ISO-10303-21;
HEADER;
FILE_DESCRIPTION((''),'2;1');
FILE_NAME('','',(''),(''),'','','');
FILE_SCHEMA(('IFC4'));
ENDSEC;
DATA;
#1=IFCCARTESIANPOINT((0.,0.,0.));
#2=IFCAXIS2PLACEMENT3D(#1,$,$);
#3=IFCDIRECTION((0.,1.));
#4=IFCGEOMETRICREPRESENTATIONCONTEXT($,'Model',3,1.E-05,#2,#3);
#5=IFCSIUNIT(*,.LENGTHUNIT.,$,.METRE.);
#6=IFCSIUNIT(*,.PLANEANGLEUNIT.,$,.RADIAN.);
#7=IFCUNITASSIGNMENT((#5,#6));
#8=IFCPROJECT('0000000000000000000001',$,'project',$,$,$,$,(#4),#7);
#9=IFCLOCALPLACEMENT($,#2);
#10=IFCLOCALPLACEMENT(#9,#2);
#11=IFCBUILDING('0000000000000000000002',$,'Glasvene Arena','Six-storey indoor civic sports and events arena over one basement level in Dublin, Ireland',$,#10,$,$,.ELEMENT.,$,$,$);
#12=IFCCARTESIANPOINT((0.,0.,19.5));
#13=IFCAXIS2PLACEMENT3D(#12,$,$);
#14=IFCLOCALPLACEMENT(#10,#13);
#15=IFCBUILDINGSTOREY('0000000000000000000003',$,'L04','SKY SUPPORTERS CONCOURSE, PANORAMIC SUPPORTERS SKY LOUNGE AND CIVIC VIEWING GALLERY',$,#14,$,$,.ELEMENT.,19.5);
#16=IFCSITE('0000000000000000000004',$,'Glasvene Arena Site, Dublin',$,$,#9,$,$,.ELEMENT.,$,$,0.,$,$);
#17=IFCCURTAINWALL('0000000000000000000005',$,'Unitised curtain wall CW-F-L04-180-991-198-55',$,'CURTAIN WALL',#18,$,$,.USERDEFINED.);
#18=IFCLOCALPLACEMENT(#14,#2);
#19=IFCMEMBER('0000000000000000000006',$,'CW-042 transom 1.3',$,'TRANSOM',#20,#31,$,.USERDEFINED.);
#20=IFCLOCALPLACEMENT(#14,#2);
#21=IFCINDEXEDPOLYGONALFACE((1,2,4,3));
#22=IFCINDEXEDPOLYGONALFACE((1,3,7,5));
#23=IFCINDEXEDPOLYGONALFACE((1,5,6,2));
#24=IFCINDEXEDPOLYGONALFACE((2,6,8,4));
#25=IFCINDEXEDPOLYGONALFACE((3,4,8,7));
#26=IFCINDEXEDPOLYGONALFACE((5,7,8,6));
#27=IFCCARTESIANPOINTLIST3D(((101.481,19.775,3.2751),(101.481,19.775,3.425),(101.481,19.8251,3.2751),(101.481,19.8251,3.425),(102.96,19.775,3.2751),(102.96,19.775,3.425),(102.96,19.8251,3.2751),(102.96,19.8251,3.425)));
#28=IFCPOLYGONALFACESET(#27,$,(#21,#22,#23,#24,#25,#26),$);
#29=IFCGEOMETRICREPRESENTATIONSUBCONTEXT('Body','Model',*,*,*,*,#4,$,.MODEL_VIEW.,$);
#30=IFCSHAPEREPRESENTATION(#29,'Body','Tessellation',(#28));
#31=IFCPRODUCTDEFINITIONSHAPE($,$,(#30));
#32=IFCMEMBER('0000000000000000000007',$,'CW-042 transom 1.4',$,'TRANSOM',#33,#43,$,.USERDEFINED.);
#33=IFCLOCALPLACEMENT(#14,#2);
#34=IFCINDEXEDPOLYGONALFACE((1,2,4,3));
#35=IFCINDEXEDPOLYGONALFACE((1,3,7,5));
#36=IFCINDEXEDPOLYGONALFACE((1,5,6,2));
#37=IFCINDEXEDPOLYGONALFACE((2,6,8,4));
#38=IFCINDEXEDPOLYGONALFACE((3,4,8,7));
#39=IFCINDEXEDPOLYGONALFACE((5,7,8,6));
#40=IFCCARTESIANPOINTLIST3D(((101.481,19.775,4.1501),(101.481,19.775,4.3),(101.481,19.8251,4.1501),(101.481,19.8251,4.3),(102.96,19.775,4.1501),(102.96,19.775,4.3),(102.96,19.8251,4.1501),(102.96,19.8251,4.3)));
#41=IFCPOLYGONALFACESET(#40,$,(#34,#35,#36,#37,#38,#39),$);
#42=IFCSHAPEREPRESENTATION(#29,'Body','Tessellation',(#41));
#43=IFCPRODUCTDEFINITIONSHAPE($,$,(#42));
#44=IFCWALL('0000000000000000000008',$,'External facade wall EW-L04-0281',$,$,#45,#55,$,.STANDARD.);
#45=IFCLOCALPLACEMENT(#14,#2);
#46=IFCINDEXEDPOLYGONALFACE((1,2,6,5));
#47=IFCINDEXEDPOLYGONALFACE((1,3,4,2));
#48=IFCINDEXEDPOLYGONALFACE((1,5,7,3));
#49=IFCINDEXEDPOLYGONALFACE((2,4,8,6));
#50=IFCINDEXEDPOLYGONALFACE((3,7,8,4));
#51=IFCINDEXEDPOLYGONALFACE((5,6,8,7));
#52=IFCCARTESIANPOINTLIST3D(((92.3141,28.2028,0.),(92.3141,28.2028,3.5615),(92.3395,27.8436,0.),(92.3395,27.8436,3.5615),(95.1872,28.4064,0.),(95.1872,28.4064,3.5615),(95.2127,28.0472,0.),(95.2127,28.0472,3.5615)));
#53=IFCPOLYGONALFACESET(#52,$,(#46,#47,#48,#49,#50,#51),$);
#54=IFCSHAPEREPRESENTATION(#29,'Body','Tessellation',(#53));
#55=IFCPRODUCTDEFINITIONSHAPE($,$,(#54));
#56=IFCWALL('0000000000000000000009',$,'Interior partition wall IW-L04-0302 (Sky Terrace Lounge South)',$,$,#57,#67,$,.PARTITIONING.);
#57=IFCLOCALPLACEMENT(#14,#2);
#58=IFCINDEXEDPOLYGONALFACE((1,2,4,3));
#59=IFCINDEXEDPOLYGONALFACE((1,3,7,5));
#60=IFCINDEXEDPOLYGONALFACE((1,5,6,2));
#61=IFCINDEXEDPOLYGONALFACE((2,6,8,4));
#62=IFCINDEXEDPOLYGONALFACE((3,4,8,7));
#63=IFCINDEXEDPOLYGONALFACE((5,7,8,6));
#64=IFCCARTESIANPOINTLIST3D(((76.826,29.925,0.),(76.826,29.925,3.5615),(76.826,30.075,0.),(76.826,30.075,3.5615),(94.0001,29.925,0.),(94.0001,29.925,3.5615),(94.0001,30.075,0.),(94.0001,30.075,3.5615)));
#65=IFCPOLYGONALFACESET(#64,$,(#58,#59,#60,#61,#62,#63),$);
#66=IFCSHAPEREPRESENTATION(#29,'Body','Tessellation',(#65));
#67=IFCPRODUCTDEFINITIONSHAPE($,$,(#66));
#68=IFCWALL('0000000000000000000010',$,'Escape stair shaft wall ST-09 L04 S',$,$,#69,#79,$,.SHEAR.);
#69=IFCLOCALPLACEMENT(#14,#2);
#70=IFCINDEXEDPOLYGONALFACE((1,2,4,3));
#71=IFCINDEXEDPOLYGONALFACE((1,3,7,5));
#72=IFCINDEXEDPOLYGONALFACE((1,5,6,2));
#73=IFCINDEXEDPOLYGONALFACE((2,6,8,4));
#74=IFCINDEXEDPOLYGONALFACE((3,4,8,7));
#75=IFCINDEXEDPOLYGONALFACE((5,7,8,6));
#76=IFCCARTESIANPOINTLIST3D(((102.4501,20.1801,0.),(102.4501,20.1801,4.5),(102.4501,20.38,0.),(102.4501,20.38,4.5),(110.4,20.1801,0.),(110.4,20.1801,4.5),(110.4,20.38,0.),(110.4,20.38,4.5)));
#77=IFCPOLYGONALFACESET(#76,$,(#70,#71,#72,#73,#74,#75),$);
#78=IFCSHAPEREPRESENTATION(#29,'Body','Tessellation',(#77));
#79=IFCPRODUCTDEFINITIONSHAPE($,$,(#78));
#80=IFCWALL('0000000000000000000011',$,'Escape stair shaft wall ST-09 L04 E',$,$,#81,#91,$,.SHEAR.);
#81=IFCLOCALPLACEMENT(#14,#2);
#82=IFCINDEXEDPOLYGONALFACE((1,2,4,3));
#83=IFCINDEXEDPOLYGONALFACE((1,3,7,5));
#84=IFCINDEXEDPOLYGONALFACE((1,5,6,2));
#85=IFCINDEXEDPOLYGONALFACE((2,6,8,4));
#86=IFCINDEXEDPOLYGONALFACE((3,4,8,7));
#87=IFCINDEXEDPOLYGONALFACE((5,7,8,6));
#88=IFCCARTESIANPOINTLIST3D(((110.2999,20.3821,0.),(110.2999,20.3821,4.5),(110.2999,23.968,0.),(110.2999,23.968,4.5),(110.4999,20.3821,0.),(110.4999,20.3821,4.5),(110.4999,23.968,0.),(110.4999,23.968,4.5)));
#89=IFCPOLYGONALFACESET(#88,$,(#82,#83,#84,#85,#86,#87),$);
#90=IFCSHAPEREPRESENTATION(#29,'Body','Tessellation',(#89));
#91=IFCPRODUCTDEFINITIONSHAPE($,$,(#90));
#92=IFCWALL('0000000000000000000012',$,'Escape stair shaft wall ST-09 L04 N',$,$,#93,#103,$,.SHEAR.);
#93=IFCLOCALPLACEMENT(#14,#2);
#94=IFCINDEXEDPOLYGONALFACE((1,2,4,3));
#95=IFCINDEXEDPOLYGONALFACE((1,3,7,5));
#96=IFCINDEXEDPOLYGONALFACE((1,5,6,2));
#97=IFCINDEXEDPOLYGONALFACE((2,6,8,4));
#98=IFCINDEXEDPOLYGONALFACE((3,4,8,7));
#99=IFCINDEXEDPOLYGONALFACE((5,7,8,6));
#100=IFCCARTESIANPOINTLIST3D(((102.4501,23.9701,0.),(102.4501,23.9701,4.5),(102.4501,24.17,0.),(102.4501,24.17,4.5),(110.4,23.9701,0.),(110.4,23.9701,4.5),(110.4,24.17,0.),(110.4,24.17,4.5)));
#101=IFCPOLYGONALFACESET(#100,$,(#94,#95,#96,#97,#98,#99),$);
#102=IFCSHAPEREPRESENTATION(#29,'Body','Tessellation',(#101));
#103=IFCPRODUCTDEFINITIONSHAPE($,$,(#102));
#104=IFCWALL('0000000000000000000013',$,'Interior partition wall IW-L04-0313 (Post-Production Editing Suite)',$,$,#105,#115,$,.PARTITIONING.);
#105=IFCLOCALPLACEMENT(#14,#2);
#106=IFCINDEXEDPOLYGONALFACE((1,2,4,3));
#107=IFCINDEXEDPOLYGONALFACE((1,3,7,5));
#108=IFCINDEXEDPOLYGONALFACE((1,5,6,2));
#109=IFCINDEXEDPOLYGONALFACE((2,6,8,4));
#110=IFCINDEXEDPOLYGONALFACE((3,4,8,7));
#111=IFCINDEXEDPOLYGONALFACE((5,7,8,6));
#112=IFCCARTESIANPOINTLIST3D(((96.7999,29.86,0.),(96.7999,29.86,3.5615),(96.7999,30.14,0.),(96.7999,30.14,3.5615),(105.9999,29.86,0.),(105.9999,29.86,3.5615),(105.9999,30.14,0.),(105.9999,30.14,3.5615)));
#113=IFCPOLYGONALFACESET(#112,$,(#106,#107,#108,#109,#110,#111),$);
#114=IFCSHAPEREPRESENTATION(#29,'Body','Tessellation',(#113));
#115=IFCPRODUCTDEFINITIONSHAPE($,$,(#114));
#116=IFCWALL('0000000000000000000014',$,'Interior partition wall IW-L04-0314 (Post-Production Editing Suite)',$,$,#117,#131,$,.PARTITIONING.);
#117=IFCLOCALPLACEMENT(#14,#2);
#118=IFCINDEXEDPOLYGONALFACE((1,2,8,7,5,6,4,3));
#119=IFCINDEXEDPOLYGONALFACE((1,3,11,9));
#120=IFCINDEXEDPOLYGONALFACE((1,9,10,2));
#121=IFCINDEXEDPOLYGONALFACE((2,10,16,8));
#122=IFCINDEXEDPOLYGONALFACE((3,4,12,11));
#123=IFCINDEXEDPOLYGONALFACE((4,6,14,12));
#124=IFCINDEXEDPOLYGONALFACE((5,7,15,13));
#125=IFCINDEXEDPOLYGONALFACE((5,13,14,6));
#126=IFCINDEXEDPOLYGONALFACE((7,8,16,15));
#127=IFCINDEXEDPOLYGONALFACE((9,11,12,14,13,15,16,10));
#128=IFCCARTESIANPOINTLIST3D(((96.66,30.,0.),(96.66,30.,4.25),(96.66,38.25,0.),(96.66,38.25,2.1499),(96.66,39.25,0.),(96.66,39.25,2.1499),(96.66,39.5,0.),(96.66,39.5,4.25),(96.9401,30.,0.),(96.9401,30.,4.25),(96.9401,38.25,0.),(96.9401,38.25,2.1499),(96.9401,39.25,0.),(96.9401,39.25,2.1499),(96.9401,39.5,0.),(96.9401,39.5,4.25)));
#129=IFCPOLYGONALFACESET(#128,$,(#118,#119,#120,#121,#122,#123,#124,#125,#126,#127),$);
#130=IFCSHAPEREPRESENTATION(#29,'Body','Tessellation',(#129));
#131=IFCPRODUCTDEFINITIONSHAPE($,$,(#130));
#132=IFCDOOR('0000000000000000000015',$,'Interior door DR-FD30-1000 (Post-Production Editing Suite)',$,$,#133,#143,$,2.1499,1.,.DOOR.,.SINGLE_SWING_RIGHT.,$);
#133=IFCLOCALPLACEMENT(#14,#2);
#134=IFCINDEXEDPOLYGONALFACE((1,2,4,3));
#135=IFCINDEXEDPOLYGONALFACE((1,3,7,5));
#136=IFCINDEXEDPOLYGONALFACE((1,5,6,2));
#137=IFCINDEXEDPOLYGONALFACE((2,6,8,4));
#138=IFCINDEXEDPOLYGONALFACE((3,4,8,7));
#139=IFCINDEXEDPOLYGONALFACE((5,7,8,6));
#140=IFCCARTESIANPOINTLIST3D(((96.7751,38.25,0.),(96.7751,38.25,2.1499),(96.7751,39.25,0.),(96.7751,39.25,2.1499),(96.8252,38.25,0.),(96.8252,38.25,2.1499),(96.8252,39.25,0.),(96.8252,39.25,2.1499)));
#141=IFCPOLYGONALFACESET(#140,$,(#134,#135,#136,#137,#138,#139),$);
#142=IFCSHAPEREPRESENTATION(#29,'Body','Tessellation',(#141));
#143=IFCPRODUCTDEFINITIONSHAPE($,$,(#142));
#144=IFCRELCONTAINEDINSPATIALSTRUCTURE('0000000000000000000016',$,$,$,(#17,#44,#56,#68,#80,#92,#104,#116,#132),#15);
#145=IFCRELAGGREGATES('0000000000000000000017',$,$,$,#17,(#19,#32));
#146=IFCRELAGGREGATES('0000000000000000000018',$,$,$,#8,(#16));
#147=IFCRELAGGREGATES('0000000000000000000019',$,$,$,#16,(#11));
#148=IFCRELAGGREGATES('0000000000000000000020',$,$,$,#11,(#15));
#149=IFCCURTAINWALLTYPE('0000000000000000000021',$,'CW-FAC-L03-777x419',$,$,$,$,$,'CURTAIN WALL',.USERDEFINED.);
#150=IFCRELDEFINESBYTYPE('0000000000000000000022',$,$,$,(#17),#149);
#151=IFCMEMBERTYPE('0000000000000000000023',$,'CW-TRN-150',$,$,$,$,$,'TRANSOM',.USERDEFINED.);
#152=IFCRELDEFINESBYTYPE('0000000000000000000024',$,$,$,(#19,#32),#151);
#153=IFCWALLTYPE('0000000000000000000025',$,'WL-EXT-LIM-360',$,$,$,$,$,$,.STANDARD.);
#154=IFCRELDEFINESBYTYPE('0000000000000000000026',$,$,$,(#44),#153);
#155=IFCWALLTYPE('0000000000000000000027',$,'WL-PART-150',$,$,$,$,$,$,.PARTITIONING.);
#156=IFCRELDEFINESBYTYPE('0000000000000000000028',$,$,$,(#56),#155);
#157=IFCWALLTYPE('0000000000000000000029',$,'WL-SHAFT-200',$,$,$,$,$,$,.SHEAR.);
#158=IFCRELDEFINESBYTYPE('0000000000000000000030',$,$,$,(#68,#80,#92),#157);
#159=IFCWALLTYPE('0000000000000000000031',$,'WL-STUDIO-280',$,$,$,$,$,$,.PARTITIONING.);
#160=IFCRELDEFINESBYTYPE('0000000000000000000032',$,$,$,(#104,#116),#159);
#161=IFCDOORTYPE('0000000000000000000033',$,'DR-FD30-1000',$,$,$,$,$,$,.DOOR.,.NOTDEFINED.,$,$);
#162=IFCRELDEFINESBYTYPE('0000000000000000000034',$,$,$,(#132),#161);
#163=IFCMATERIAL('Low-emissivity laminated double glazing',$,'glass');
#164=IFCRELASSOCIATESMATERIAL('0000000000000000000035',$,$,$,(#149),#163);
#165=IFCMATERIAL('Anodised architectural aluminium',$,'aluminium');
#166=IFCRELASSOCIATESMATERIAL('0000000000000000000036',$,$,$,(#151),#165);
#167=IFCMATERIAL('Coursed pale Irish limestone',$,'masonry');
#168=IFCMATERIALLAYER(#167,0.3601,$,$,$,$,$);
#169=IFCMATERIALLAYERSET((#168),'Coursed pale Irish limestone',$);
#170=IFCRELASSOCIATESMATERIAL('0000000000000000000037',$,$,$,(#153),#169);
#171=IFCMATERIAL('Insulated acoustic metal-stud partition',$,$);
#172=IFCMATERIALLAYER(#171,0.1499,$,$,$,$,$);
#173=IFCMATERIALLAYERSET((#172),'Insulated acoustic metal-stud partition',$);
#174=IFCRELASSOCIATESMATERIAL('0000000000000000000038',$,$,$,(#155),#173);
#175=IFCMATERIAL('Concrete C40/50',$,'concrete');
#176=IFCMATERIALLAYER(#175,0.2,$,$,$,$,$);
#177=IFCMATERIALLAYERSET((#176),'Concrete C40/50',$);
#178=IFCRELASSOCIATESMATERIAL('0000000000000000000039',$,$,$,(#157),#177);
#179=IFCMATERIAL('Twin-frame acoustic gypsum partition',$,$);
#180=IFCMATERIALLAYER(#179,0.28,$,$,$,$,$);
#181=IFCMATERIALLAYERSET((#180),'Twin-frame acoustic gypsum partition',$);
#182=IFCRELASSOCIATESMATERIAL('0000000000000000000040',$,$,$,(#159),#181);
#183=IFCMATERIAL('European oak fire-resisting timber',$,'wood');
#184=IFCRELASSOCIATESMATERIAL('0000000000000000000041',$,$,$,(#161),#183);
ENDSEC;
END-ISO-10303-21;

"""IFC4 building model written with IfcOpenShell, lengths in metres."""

from ifc_helpers import new_model, si_unit, direction, frame, frame_2d, origin, origin_2d, place, context, subcontext, project, spatial, rectangle, extrude, material, layer, layer_set, material_profile, profile_set, type_object, element, fill, aggregate, save


model = new_model("IFC4")

# Units and contexts
model_context = context("Model", 3, precision=1e-05, world=origin(), true_north=direction((0.0, 1.0)))
body_context = subcontext(model_context, "Body", "Model", "MODEL_VIEW")
ifc_project = project(units=[si_unit("LENGTHUNIT", "METRE"), si_unit("PLANEANGLEUNIT", "RADIAN")], contexts=[model_context])

# Site, building, storey
site_placement = place(None, origin())
site = spatial("IfcSite", under=ifc_project, at=site_placement, Name="Glasvene Arena Site, Dublin", CompositionType="ELEMENT", RefElevation=0.0)
building_placement = place(site_placement, origin())
building = spatial("IfcBuilding", under=site, at=building_placement, Name="Glasvene Arena", Description="Six-storey indoor civic sports and events arena over one basement level in Dublin, Ireland", CompositionType="ELEMENT")
storey_placement = place(building_placement, frame((0.0, 0.0, 19.5)))
storey = spatial("IfcBuildingStorey", under=building, at=storey_placement, Name="L04", Description="SKY SUPPORTERS CONCOURSE, PANORAMIC SUPPORTERS SKY LOUNGE AND CIVIC VIEWING GALLERY", CompositionType="ELEMENT", Elevation=19.5)

# Curtain wall, members
ifc_material_1 = material(Name="Low-emissivity laminated double glazing", Category="glass")
curtain_wall_type = type_object("IfcCurtainWallType", Name="CW-FAC-L03-777x419", ElementType="CURTAIN WALL", PredefinedType="USERDEFINED", material=ifc_material_1)
curtain_wall_placement = place(storey_placement, frame((103.01, 19.8, 0.0)))
curtain_wall = element("IfcCurtainWall", 1, at=curtain_wall_placement, inside=storey, type_object=curtain_wall_type, Name="Unitised curtain wall CW-F-L04-180-991-198-55", ObjectType="CURTAIN WALL", PredefinedType="USERDEFINED")
ifc_material_2 = material(Name="Anodised architectural aluminium", Category="aluminium")
ifc_material_profile_1 = material_profile(ifc_material_2, rectangle(XDim=0.05, YDim=0.1499, at=origin_2d()), Name="ALU TRANSOM 50x150")
ifc_profile_set_1 = profile_set([ifc_material_profile_1], Name="Anodised architectural aluminium")
member_type_1 = type_object("IfcMemberType", Name="CW-TRN-150", ElementType="TRANSOM", PredefinedType="USERDEFINED", material=ifc_profile_set_1)
member_1_placement = place(storey_placement, frame((102.96, 19.8, 3.3501), z_axis=(-1.0, 0.0, 0.0), x_axis=(0.0, -1.0, 0.0)))
member_1 = element("IfcMember", 2, at=member_1_placement, type_object=member_type_1, Name="CW-042 transom 1.3", ObjectType="TRANSOM", PredefinedType="USERDEFINED", context=body_context, shape_type="SweptSolid", body=[
    extrude(rectangle(XDim=0.05, YDim=0.1499, at=origin_2d()), origin(), (0.0, 0.0, 1.0), 1.479),
])
member_2_placement = place(storey_placement, frame((102.96, 19.8, 4.2251), z_axis=(-1.0, 0.0, 0.0), x_axis=(0.0, -1.0, 0.0)))
member_2 = element("IfcMember", 3, at=member_2_placement, type_object=member_type_1, Name="CW-042 transom 1.4", ObjectType="TRANSOM", PredefinedType="USERDEFINED", context=body_context, shape_type="SweptSolid", body=[
    extrude(rectangle(XDim=0.05, YDim=0.1499, at=origin_2d()), origin(), (0.0, 0.0, 1.0), 1.479),
])
aggregate(curtain_wall, [member_1, member_2])

# Shared definitions
ifc_material_3 = material(Name="Concrete C40/50", Category="concrete")

# Walls
ifc_material_4 = material(Name="Coursed pale Irish limestone", Category="masonry")
ifc_layer_1 = layer(ifc_material_4, 0.3601)
ifc_layer_set_1 = layer_set([ifc_layer_1], Name="Coursed pale Irish limestone")
wall_type_1 = type_object("IfcWallType", Name="WL-EXT-LIM-360", PredefinedType="STANDARD", material=ifc_layer_set_1)
wall_1_placement = place(storey_placement, frame((95.2, 28.2268, 0.0), z_axis=(0.0, 0.0, 1.0), x_axis=(-0.997498, -0.070693, 0.0)))
element("IfcWall", 4, at=wall_1_placement, inside=storey, type_object=wall_type_1, Name="External facade wall EW-L04-0281", PredefinedType="STANDARD", context=body_context, shape_type="SweptSolid", body=[
    extrude(rectangle(XDim=2.8804, YDim=0.3601, at=frame_2d((1.4402, 0.0))), origin(), (0.0, 0.0, 1.0), 3.5615),
])
ifc_material_5 = material(Name="Insulated acoustic metal-stud partition")
ifc_layer_2 = layer(ifc_material_5, 0.1499)
ifc_layer_set_2 = layer_set([ifc_layer_2], Name="Insulated acoustic metal-stud partition")
wall_type_2 = type_object("IfcWallType", Name="WL-PART-150", PredefinedType="PARTITIONING", material=ifc_layer_set_2)
wall_2_placement = place(storey_placement, frame((94.0, 30.0, 0.0), z_axis=(0.0, 0.0, 1.0), x_axis=(-1.0, 0.0, 0.0)))
element("IfcWall", 5, at=wall_2_placement, inside=storey, type_object=wall_type_2, Name="Interior partition wall IW-L04-0302 (Sky Terrace Lounge South)", PredefinedType="PARTITIONING", context=body_context, shape_type="SweptSolid", body=[
    extrude(rectangle(XDim=17.1741, YDim=0.1499, at=frame_2d((8.5869, 0.0))), origin(), (0.0, 0.0, 1.0), 3.5615),
])
ifc_layer_3 = layer(ifc_material_3, 0.2)
ifc_layer_set_3 = layer_set([ifc_layer_3], Name="Concrete C40/50")
wall_type_3 = type_object("IfcWallType", Name="WL-SHAFT-200", PredefinedType="SHEAR", material=ifc_layer_set_3)
wall_3_placement = place(storey_placement, frame((102.45, 20.28, 0.0), z_axis=(0.0, 0.0, 1.0), x_axis=(1.0, 0.0, 0.0)))
element("IfcWall", 6, at=wall_3_placement, inside=storey, type_object=wall_type_3, Name="Escape stair shaft wall ST-09 L04 S", PredefinedType="SHEAR", context=body_context, shape_type="SweptSolid", body=[
    extrude(rectangle(XDim=7.95, YDim=0.2, at=frame_2d((3.9751, 0.0))), origin(), (0.0, 0.0, 1.0), 4.5),
])

# Walls
wall_4_placement = place(storey_placement, frame((110.3999, 20.3821, 0.0), z_axis=(0.0, 0.0, 1.0), x_axis=(0.0, 1.0, 0.0)))
element("IfcWall", 7, at=wall_4_placement, inside=storey, type_object=wall_type_3, Name="Escape stair shaft wall ST-09 L04 E", PredefinedType="SHEAR", context=body_context, shape_type="SweptSolid", body=[
    extrude(rectangle(XDim=3.5859, YDim=0.2, at=frame_2d((1.793, 0.0))), origin(), (0.0, 0.0, 1.0), 4.5),
])
wall_5_placement = place(storey_placement, frame((102.45, 24.0701, 0.0), z_axis=(0.0, 0.0, 1.0), x_axis=(1.0, 0.0, 0.0)))
element("IfcWall", 8, at=wall_5_placement, inside=storey, type_object=wall_type_3, Name="Escape stair shaft wall ST-09 L04 N", PredefinedType="SHEAR", context=body_context, shape_type="SweptSolid", body=[
    extrude(rectangle(XDim=7.95, YDim=0.2, at=frame_2d((3.9751, 0.0))), origin(), (0.0, 0.0, 1.0), 4.5),
])
ifc_material_6 = material(Name="Twin-frame acoustic gypsum partition")
ifc_layer_4 = layer(ifc_material_6, 0.28)
ifc_layer_set_4 = layer_set([ifc_layer_4], Name="Twin-frame acoustic gypsum partition")
wall_type_4 = type_object("IfcWallType", Name="WL-STUDIO-280", PredefinedType="PARTITIONING", material=ifc_layer_set_4)
wall_6_placement = place(storey_placement, frame((106.0, 30.0, 0.0), z_axis=(0.0, 0.0, 1.0), x_axis=(-1.0, 0.0, 0.0)))
element("IfcWall", 9, at=wall_6_placement, inside=storey, type_object=wall_type_4, Name="Interior partition wall IW-L04-0313 (Post-Production Editing Suite)", PredefinedType="PARTITIONING", context=body_context, shape_type="SweptSolid", body=[
    extrude(rectangle(XDim=9.2, YDim=0.28, at=frame_2d((4.6001, 0.0))), origin(), (0.0, 0.0, 1.0), 3.5615),
])

# Wall, opening, door
wall_7_placement = place(storey_placement, frame((96.8, 30.0, 0.0), z_axis=(0.0, 0.0, 1.0), x_axis=(0.0, 1.0, 0.0)))
wall_7 = element("IfcWall", 10, at=wall_7_placement, inside=storey, type_object=wall_type_4, Name="Interior partition wall IW-L04-0314 (Post-Production Editing Suite)", PredefinedType="PARTITIONING", context=body_context, shape_type="SweptSolid", body=[
    extrude(rectangle(XDim=9.5, YDim=0.28, at=frame_2d((4.75, 0.0))), origin(), (0.0, 0.0, 1.0), 4.25),
])
opening_1_placement = place(wall_7_placement, frame((8.25, 0.0, 0.0)))
opening_1 = element("IfcOpeningElement", 11, at=opening_1_placement, cuts=wall_7, PredefinedType="OPENING", context=body_context, shape_type="SweptSolid", body=[
    extrude(rectangle(XDim=1.0, YDim=2.1499, at=frame_2d((0.5, 1.075))), frame((0.0, 0.1499, 0.0), z_axis=(0.0, -1.0, 0.0), x_axis=(1.0, 0.0, 0.0)), (0.0, 0.0, 1.0), 0.3),
])
ifc_material_7 = material(Name="European oak fire-resisting timber", Category="wood")
door_type_1 = type_object("IfcDoorType", Name="DR-FD30-1000", OperationType="NOTDEFINED", PredefinedType="DOOR", material=ifc_material_7)
door_1_placement = place(opening_1_placement, origin())
door_1 = element("IfcDoor", 12, at=door_1_placement, inside=storey, type_object=door_type_1, Name="Interior door DR-FD30-1000 (Post-Production Editing Suite)", OperationType="SINGLE_SWING_RIGHT", OverallHeight=2.1499, OverallWidth=1.0, PredefinedType="DOOR", context=body_context, shape_type="SweptSolid", body=[
    extrude(rectangle(XDim=1.0, YDim=2.1499, at=frame_2d((0.5, 1.075))), frame((0.0, 0.0249, 0.0), z_axis=(0.0, -1.0, 0.0), x_axis=(1.0, 0.0, 0.0)), (0.0, 0.0, 1.0), 0.05),
])
fill(opening_1, door_1)

save(model, "model.ifc")
